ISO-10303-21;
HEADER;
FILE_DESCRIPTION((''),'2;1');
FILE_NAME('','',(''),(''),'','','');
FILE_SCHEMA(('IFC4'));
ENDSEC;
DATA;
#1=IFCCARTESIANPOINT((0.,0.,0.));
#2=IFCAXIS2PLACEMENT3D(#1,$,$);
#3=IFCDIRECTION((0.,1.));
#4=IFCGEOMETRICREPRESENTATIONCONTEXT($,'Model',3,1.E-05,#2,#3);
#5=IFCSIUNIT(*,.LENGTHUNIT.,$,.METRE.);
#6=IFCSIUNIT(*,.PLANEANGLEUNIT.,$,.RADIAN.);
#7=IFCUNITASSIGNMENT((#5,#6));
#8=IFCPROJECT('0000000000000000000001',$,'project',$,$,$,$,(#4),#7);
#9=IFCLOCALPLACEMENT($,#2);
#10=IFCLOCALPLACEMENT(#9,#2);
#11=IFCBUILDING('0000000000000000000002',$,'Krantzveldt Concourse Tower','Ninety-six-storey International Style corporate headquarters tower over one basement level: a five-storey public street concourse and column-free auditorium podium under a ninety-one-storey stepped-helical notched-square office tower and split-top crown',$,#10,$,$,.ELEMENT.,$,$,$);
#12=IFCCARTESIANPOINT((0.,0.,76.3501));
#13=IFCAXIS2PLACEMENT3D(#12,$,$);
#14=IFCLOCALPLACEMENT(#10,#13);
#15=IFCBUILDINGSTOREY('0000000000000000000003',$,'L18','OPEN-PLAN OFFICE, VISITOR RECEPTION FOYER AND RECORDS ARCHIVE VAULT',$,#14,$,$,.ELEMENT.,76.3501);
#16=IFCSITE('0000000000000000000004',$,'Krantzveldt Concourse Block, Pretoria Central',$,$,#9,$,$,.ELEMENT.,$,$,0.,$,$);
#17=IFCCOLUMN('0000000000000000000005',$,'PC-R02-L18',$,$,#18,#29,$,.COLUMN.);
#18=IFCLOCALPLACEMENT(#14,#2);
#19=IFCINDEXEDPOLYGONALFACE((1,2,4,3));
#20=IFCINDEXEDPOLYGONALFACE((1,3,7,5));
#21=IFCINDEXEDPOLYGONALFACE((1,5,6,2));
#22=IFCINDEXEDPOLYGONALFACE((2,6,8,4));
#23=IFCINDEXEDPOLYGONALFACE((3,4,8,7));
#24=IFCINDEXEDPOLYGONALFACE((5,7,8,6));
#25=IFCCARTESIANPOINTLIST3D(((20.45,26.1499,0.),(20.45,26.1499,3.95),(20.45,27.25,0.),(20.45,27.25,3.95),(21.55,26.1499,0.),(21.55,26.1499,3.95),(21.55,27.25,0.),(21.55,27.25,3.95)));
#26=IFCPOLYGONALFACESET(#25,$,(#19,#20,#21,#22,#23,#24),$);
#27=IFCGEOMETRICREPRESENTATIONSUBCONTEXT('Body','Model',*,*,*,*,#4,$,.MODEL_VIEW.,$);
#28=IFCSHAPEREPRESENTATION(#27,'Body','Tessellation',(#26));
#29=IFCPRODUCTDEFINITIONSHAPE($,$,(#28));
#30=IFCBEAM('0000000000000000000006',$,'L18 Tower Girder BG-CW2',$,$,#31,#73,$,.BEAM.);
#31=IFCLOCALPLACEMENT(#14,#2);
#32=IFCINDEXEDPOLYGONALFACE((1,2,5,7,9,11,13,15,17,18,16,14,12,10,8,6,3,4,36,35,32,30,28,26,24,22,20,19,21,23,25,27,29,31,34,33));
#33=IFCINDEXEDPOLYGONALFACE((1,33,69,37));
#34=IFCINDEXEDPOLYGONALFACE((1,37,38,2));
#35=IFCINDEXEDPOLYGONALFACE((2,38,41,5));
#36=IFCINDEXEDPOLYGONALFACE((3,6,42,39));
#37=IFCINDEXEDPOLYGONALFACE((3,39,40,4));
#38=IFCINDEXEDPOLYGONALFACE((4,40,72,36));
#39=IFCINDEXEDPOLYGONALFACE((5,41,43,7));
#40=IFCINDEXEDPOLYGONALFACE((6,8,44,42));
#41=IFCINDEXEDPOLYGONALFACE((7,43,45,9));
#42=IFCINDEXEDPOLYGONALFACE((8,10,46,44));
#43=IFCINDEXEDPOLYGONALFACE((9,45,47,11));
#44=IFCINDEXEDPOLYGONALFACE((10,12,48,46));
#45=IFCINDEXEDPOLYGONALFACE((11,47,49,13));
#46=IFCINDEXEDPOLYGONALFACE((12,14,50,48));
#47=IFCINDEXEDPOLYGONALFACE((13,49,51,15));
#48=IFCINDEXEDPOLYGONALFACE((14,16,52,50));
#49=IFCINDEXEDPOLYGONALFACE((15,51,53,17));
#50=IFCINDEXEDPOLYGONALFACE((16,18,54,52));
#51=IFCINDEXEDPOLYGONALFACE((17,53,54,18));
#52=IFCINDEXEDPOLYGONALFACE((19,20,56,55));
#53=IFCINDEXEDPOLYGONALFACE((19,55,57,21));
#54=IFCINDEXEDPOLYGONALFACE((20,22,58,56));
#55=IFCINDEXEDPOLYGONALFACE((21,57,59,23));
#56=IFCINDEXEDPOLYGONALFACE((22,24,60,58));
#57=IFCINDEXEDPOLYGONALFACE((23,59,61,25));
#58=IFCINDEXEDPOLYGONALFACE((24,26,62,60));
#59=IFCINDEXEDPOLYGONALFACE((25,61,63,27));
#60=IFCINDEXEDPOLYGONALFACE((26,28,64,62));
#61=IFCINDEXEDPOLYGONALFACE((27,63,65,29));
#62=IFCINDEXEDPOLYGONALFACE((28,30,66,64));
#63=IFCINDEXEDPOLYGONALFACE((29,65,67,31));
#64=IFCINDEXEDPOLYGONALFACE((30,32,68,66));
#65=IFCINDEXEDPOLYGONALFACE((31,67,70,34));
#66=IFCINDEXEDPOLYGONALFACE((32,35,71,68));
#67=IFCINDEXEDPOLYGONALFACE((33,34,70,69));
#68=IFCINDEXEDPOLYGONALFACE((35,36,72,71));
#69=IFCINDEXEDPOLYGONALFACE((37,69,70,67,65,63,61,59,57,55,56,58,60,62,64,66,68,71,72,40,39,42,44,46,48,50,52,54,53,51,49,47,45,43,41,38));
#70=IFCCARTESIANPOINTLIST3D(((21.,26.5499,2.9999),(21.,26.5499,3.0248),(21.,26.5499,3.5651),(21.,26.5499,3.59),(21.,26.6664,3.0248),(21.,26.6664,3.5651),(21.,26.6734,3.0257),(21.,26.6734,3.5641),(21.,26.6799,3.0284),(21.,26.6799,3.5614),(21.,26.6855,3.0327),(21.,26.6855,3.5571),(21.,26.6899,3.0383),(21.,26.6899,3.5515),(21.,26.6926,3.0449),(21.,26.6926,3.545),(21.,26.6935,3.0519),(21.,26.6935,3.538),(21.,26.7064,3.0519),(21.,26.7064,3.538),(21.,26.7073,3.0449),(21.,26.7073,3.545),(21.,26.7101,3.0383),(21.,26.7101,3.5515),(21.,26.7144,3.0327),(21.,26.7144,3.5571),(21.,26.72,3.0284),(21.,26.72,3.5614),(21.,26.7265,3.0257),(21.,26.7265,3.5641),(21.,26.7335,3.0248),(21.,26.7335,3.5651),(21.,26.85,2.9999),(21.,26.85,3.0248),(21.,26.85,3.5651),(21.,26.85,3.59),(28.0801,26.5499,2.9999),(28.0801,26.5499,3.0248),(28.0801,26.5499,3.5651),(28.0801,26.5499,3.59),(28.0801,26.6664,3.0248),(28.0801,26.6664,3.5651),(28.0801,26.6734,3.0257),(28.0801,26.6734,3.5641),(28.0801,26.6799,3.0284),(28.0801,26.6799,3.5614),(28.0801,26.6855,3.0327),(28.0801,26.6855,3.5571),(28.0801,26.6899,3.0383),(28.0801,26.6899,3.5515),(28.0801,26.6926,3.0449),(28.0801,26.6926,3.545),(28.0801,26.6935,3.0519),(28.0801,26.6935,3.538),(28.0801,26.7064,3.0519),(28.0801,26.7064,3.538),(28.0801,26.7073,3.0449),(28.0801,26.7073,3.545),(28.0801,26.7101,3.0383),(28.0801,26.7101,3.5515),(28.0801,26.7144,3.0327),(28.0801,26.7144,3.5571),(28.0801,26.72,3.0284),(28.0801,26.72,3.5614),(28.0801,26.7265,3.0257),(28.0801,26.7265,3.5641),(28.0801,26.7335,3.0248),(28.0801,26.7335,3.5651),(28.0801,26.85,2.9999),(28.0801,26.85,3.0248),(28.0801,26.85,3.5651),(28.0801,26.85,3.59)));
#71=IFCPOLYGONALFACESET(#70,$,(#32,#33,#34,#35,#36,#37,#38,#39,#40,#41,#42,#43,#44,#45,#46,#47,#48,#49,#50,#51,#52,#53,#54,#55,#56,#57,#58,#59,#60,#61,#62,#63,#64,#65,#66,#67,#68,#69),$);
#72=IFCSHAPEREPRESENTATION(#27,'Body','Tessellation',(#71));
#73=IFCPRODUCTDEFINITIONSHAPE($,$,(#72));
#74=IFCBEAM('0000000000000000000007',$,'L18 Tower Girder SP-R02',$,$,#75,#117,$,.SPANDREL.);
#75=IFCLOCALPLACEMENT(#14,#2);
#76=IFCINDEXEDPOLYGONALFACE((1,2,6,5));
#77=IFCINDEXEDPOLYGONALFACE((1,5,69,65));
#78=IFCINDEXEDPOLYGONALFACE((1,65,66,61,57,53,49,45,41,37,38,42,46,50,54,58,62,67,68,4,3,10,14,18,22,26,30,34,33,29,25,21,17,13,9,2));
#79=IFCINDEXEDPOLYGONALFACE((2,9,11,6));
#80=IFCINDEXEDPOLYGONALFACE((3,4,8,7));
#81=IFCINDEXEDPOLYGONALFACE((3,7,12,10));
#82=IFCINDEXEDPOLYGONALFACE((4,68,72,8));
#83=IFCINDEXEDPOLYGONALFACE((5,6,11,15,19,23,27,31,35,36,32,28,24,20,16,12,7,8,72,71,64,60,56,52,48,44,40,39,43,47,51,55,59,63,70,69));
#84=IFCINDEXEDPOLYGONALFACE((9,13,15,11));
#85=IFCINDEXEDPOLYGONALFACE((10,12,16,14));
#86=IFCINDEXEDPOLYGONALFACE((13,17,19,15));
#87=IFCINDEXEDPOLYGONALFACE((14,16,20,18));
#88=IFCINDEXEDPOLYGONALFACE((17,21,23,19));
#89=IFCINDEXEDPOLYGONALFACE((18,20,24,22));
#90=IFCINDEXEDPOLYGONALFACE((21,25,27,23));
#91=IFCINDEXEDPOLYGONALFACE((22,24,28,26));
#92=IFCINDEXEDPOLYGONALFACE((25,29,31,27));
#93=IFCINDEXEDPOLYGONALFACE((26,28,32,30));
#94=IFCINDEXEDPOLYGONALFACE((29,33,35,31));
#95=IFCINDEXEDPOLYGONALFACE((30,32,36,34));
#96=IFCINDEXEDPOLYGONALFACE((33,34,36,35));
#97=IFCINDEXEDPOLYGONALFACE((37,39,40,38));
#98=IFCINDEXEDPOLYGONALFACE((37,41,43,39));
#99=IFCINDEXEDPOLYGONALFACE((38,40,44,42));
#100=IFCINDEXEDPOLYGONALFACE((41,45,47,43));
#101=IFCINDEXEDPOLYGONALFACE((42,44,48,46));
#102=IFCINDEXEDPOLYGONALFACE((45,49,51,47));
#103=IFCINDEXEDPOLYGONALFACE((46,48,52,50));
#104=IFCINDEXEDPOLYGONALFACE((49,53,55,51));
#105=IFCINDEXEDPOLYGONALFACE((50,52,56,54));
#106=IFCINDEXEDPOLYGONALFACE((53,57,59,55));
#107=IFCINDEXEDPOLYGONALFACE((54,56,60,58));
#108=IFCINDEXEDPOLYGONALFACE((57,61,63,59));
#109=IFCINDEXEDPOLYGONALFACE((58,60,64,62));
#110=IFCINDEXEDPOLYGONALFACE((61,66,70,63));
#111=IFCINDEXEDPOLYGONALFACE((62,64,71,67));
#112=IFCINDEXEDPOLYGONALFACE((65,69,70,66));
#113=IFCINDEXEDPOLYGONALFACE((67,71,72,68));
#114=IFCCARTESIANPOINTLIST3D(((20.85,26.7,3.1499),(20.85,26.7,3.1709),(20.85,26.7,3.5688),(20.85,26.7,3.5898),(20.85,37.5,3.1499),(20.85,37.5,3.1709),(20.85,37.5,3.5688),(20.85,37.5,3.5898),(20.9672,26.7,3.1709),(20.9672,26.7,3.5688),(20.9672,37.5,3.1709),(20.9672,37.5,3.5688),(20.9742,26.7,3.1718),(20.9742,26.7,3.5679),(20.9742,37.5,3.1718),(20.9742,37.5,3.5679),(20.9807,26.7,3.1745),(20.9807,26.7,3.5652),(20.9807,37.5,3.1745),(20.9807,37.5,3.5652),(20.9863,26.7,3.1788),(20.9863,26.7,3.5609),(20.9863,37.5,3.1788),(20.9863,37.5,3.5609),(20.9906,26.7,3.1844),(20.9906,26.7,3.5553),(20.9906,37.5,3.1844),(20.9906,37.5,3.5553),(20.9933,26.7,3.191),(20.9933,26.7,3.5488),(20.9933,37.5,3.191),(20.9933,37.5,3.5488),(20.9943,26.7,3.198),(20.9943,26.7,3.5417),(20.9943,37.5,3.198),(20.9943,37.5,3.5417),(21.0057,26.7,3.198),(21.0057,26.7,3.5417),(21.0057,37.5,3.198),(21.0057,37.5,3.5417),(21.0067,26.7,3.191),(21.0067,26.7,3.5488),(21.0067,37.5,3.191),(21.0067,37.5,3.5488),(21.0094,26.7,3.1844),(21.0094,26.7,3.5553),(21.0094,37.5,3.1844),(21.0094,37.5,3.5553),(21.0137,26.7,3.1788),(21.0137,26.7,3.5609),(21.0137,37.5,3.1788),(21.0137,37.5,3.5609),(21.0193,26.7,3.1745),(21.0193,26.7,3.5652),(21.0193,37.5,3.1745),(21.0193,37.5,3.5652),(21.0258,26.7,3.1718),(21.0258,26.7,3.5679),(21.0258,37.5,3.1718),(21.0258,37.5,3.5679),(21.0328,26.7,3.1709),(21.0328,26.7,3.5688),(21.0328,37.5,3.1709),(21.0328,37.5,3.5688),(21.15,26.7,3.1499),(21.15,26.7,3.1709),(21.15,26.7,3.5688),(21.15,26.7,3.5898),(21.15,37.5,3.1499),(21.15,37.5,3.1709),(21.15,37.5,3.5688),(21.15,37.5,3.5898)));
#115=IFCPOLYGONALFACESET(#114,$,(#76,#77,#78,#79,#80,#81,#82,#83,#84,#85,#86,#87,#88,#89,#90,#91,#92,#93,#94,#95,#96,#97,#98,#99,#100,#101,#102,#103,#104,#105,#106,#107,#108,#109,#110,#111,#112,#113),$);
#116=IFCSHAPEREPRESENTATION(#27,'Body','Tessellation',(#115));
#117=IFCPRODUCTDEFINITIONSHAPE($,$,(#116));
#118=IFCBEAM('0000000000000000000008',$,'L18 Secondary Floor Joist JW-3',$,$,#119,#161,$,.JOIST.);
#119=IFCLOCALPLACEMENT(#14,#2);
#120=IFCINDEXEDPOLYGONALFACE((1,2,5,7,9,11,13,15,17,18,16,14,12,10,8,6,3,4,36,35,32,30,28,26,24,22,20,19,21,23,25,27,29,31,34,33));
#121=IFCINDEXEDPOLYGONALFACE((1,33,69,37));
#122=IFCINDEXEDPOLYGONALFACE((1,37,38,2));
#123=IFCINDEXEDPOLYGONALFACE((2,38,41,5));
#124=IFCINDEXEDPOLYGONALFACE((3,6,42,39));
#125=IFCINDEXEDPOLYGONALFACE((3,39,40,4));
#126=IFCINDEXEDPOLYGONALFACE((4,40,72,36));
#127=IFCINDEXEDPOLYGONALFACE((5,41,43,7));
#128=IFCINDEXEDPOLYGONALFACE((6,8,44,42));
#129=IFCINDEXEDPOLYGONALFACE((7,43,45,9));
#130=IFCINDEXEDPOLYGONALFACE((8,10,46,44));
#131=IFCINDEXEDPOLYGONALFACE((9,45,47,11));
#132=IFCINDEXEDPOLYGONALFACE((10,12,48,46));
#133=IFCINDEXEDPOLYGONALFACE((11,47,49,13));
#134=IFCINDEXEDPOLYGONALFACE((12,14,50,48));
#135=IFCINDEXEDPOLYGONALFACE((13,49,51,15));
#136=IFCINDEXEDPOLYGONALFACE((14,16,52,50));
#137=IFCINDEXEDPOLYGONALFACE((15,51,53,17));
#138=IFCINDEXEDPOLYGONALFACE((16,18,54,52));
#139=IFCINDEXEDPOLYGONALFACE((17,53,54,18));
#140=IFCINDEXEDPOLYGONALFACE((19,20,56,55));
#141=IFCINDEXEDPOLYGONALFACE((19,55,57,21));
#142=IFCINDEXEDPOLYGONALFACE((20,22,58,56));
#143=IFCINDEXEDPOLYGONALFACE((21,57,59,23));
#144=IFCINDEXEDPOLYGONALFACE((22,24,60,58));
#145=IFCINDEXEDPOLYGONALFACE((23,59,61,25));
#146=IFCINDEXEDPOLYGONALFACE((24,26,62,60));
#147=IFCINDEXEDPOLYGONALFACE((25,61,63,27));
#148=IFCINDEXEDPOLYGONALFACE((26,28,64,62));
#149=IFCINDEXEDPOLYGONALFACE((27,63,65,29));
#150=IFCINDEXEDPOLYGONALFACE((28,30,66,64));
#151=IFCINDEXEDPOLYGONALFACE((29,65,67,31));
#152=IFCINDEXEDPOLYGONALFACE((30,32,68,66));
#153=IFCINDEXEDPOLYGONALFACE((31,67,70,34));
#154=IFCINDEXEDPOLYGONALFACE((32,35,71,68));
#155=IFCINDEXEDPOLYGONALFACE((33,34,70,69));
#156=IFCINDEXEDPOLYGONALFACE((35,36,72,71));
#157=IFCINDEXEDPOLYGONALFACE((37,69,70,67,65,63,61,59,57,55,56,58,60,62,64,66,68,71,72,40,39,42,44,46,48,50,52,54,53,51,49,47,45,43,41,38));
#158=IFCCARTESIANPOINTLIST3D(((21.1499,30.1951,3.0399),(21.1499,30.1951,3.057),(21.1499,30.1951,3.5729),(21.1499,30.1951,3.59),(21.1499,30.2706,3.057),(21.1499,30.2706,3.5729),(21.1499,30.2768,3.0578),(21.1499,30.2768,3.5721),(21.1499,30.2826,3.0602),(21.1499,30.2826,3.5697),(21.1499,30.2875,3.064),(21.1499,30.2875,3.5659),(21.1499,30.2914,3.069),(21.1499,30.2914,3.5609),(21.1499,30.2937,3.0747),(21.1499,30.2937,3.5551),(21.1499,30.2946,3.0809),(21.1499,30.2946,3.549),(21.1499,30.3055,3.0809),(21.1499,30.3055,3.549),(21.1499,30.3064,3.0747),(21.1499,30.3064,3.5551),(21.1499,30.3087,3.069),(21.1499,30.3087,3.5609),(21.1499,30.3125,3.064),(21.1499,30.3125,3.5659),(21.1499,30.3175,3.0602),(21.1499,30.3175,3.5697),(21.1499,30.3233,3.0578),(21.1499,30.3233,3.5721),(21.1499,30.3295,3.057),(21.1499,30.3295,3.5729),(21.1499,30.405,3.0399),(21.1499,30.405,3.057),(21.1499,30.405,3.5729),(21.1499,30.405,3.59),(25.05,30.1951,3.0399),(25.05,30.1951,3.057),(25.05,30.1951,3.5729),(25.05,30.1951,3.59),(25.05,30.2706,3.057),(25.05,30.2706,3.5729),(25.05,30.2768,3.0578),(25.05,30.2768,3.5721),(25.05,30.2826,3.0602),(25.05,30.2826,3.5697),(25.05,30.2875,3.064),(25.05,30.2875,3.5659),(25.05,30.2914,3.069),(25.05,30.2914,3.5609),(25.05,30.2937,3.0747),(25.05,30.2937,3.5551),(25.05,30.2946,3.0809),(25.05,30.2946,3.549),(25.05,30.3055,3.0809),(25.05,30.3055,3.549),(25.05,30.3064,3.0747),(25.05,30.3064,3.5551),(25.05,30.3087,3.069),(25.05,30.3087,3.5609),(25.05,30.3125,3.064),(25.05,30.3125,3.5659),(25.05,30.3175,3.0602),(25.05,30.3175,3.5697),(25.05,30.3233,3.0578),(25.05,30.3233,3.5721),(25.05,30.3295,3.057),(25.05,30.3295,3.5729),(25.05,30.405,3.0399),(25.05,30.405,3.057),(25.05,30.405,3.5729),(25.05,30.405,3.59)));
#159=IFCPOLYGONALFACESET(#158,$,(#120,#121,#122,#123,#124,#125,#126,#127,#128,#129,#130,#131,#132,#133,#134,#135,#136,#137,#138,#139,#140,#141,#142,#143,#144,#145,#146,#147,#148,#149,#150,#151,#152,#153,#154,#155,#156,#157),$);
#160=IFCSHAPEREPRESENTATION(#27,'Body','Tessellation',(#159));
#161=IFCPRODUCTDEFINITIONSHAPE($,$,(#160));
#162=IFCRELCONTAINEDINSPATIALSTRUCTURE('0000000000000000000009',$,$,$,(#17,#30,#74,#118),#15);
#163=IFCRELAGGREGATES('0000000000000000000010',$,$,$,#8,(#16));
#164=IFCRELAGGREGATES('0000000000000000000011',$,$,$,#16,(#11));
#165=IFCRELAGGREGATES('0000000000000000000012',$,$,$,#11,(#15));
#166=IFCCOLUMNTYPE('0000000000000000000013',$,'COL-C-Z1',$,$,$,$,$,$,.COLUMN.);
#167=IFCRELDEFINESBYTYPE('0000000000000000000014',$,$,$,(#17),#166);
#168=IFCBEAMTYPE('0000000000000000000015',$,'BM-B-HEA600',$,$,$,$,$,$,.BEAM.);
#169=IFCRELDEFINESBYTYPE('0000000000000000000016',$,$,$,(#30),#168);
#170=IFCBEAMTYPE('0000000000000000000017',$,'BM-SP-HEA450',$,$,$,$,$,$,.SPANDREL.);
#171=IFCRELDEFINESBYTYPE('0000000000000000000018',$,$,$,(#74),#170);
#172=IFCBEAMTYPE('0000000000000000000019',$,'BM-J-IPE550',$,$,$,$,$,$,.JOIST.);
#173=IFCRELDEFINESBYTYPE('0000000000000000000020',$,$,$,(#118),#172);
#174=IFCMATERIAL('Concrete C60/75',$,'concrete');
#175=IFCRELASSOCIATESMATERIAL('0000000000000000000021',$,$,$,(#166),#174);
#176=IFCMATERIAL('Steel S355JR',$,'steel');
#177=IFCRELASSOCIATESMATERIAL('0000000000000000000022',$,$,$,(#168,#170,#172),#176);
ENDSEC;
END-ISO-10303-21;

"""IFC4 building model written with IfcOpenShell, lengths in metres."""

from ifc_helpers import new_model, si_unit, direction, frame, origin, origin_2d, place, context, subcontext, project, spatial, rectangle, i_section, extrude, source, transform, mapped, material, material_profile, profile_set, type_object, type_shapes, element, save


model = new_model("IFC4")

# Units and contexts
model_context = context("Model", 3, precision=1e-05, world=origin(), true_north=direction((0.0, 1.0)))
body_context = subcontext(model_context, "Body", "Model", "MODEL_VIEW")
ifc_project = project(units=[si_unit("LENGTHUNIT", "METRE"), si_unit("PLANEANGLEUNIT", "RADIAN")], contexts=[model_context])

# Site, building, storey
site_placement = place(None, origin())
site = spatial("IfcSite", under=ifc_project, at=site_placement, Name="Krantzveldt Concourse Block, Pretoria Central", CompositionType="ELEMENT", RefElevation=0.0)
building_placement = place(site_placement, origin())
building = spatial("IfcBuilding", under=site, at=building_placement, Name="Krantzveldt Concourse Tower", Description="Ninety-six-storey International Style corporate headquarters tower over one basement level: a five-storey public street concourse and column-free auditorium podium under a ninety-one-storey stepped-helical notched-square office tower and split-top crown", CompositionType="ELEMENT")
storey_placement = place(building_placement, frame((0.0, 0.0, 76.3501)))
storey = spatial("IfcBuildingStorey", under=building, at=storey_placement, Name="L18", Description="OPEN-PLAN OFFICE, VISITOR RECEPTION FOYER AND RECORDS ARCHIVE VAULT", CompositionType="ELEMENT", Elevation=76.3501)

# Column
ifc_material_1 = material(Name="Concrete C60/75", Category="concrete")
ifc_material_profile_1 = material_profile(ifc_material_1, rectangle(XDim=1.1001, YDim=1.1001, at=origin_2d()), Name="Concrete C60/75", Category="concrete")
ifc_profile_set_1 = profile_set([ifc_material_profile_1], Name="Concrete C60/75 - RC 1100x1100")
column_type = type_object("IfcColumnType", Name="COL-C-Z1", PredefinedType="COLUMN", material=ifc_profile_set_1)
shared_shape_1 = source(origin(), body_context, "Body", "SweptSolid", [
    extrude(rectangle(XDim=1.1001, YDim=1.1001, at=origin_2d()), origin(), (0.0, 0.0, 1.0), 3.95),
])
type_shapes(column_type, [shared_shape_1])
column_placement = place(storey_placement, frame((21.0, 26.7, 0.0), z_axis=(0.0, 0.0, 1.0), x_axis=(1.0, 0.0, 0.0)))
element("IfcColumn", 1, at=column_placement, inside=storey, type_object=column_type, Name="PC-R02-L18", PredefinedType="COLUMN", context=body_context, shape_type="MappedRepresentation", body=[
    mapped(shared_shape_1, transform((0.0, 0.0, 0.0), x_axis=(1.0, 0.0, 0.0), y_axis=(0.0, 1.0, 0.0), z_axis=(0.0, 0.0, 1.0), scale=1.0)),
])

# Beams
ifc_material_2 = material(Name="Steel S355JR", Category="steel")
ifc_material_profile_2 = material_profile(ifc_material_2, i_section(OverallWidth=0.3, OverallDepth=0.5901, WebThickness=0.0129, FlangeThickness=0.0249, FilletRadius=0.0271, at=origin_2d()), Name="Steel S355JR", Category="steel")
ifc_profile_set_2 = profile_set([ifc_material_profile_2], Name="Steel S355JR - HEA 600")
beam_type_1 = type_object("IfcBeamType", Name="BM-B-HEA600", PredefinedType="BEAM", material=ifc_profile_set_2)
shared_shape_2 = source(origin(), body_context, "Body", "SweptSolid", [
    extrude(i_section(OverallWidth=0.3, OverallDepth=0.5901, WebThickness=0.0129, FlangeThickness=0.0249, FilletRadius=0.0271, at=origin_2d()), origin(), (0.0, 0.0, 1.0), 7.0801),
])
type_shapes(beam_type_1, [shared_shape_2])
beam_1_placement = place(storey_placement, frame((21.0, 26.7, 3.2949), z_axis=(1.0, 0.0, 0.0), x_axis=(0.0, 1.0, 0.0)))
element("IfcBeam", 2, at=beam_1_placement, inside=storey, type_object=beam_type_1, Name="L18 Tower Girder BG-CW2", PredefinedType="BEAM", context=body_context, shape_type="MappedRepresentation", body=[
    mapped(shared_shape_2, transform((0.0, 0.0, 0.0), x_axis=(1.0, 0.0, 0.0), y_axis=(0.0, 1.0, 0.0), z_axis=(0.0, 0.0, 1.0), scale=1.0)),
])
ifc_material_profile_3 = material_profile(ifc_material_2, i_section(OverallWidth=0.3, OverallDepth=0.4399, WebThickness=0.0115, FlangeThickness=0.021, FilletRadius=0.0271, at=origin_2d()), Name="Steel S355JR", Category="steel")
ifc_profile_set_3 = profile_set([ifc_material_profile_3], Name="Steel S355JR - HEA 450")
beam_type_2 = type_object("IfcBeamType", Name="BM-SP-HEA450", PredefinedType="SPANDREL", material=ifc_profile_set_3)
shared_shape_3 = source(origin(), body_context, "Body", "SweptSolid", [
    extrude(i_section(OverallWidth=0.3, OverallDepth=0.4399, WebThickness=0.0115, FlangeThickness=0.021, FilletRadius=0.0271, at=origin_2d()), origin(), (0.0, 0.0, 1.0), 10.8),
])
type_shapes(beam_type_2, [shared_shape_3])
beam_2_placement = place(storey_placement, frame((21.0, 26.7, 3.3699), z_axis=(0.0, 1.0, 0.0), x_axis=(-1.0, 0.0, 0.0)))
element("IfcBeam", 3, at=beam_2_placement, inside=storey, type_object=beam_type_2, Name="L18 Tower Girder SP-R02", PredefinedType="SPANDREL", context=body_context, shape_type="MappedRepresentation", body=[
    mapped(shared_shape_3, transform((0.0, 0.0, 0.0), x_axis=(1.0, 0.0, 0.0), y_axis=(0.0, 1.0, 0.0), z_axis=(0.0, 0.0, 1.0), scale=1.0)),
])
ifc_material_profile_4 = material_profile(ifc_material_2, i_section(OverallWidth=0.21, OverallDepth=0.55, WebThickness=0.011, FlangeThickness=0.0171, FilletRadius=0.0239, at=origin_2d()), Name="Steel S355JR", Category="steel")
ifc_profile_set_4 = profile_set([ifc_material_profile_4], Name="Steel S355JR - IPE 550")
beam_type_3 = type_object("IfcBeamType", Name="BM-J-IPE550", PredefinedType="JOIST", material=ifc_profile_set_4)
shared_shape_4 = source(origin(), body_context, "Body", "SweptSolid", [
    extrude(i_section(OverallWidth=0.21, OverallDepth=0.55, WebThickness=0.011, FlangeThickness=0.0171, FilletRadius=0.0239, at=origin_2d()), origin(), (0.0, 0.0, 1.0), 3.9001),
])
type_shapes(beam_type_3, [shared_shape_4])
for number, where, z_axis, x_axis, name in (
    (4, (21.1499, 30.3, 3.3149), (1.0, 0.0, 0.0), (0.0, 1.0, 0.0), "L18 Secondary Floor Joist JW-3"),
):
    element("IfcBeam", number, at=place(storey_placement, frame(where, z_axis=z_axis, x_axis=x_axis)), inside=storey, type_object=beam_type_3, Name=name, PredefinedType="JOIST", context=body_context, shape_type="MappedRepresentation", body=[
        mapped(shared_shape_4, transform((0.0, 0.0, 0.0), x_axis=(1.0, 0.0, 0.0), y_axis=(0.0, 1.0, 0.0), z_axis=(0.0, 0.0, 1.0), scale=1.0)),
    ])

save(model, "model.ifc")
